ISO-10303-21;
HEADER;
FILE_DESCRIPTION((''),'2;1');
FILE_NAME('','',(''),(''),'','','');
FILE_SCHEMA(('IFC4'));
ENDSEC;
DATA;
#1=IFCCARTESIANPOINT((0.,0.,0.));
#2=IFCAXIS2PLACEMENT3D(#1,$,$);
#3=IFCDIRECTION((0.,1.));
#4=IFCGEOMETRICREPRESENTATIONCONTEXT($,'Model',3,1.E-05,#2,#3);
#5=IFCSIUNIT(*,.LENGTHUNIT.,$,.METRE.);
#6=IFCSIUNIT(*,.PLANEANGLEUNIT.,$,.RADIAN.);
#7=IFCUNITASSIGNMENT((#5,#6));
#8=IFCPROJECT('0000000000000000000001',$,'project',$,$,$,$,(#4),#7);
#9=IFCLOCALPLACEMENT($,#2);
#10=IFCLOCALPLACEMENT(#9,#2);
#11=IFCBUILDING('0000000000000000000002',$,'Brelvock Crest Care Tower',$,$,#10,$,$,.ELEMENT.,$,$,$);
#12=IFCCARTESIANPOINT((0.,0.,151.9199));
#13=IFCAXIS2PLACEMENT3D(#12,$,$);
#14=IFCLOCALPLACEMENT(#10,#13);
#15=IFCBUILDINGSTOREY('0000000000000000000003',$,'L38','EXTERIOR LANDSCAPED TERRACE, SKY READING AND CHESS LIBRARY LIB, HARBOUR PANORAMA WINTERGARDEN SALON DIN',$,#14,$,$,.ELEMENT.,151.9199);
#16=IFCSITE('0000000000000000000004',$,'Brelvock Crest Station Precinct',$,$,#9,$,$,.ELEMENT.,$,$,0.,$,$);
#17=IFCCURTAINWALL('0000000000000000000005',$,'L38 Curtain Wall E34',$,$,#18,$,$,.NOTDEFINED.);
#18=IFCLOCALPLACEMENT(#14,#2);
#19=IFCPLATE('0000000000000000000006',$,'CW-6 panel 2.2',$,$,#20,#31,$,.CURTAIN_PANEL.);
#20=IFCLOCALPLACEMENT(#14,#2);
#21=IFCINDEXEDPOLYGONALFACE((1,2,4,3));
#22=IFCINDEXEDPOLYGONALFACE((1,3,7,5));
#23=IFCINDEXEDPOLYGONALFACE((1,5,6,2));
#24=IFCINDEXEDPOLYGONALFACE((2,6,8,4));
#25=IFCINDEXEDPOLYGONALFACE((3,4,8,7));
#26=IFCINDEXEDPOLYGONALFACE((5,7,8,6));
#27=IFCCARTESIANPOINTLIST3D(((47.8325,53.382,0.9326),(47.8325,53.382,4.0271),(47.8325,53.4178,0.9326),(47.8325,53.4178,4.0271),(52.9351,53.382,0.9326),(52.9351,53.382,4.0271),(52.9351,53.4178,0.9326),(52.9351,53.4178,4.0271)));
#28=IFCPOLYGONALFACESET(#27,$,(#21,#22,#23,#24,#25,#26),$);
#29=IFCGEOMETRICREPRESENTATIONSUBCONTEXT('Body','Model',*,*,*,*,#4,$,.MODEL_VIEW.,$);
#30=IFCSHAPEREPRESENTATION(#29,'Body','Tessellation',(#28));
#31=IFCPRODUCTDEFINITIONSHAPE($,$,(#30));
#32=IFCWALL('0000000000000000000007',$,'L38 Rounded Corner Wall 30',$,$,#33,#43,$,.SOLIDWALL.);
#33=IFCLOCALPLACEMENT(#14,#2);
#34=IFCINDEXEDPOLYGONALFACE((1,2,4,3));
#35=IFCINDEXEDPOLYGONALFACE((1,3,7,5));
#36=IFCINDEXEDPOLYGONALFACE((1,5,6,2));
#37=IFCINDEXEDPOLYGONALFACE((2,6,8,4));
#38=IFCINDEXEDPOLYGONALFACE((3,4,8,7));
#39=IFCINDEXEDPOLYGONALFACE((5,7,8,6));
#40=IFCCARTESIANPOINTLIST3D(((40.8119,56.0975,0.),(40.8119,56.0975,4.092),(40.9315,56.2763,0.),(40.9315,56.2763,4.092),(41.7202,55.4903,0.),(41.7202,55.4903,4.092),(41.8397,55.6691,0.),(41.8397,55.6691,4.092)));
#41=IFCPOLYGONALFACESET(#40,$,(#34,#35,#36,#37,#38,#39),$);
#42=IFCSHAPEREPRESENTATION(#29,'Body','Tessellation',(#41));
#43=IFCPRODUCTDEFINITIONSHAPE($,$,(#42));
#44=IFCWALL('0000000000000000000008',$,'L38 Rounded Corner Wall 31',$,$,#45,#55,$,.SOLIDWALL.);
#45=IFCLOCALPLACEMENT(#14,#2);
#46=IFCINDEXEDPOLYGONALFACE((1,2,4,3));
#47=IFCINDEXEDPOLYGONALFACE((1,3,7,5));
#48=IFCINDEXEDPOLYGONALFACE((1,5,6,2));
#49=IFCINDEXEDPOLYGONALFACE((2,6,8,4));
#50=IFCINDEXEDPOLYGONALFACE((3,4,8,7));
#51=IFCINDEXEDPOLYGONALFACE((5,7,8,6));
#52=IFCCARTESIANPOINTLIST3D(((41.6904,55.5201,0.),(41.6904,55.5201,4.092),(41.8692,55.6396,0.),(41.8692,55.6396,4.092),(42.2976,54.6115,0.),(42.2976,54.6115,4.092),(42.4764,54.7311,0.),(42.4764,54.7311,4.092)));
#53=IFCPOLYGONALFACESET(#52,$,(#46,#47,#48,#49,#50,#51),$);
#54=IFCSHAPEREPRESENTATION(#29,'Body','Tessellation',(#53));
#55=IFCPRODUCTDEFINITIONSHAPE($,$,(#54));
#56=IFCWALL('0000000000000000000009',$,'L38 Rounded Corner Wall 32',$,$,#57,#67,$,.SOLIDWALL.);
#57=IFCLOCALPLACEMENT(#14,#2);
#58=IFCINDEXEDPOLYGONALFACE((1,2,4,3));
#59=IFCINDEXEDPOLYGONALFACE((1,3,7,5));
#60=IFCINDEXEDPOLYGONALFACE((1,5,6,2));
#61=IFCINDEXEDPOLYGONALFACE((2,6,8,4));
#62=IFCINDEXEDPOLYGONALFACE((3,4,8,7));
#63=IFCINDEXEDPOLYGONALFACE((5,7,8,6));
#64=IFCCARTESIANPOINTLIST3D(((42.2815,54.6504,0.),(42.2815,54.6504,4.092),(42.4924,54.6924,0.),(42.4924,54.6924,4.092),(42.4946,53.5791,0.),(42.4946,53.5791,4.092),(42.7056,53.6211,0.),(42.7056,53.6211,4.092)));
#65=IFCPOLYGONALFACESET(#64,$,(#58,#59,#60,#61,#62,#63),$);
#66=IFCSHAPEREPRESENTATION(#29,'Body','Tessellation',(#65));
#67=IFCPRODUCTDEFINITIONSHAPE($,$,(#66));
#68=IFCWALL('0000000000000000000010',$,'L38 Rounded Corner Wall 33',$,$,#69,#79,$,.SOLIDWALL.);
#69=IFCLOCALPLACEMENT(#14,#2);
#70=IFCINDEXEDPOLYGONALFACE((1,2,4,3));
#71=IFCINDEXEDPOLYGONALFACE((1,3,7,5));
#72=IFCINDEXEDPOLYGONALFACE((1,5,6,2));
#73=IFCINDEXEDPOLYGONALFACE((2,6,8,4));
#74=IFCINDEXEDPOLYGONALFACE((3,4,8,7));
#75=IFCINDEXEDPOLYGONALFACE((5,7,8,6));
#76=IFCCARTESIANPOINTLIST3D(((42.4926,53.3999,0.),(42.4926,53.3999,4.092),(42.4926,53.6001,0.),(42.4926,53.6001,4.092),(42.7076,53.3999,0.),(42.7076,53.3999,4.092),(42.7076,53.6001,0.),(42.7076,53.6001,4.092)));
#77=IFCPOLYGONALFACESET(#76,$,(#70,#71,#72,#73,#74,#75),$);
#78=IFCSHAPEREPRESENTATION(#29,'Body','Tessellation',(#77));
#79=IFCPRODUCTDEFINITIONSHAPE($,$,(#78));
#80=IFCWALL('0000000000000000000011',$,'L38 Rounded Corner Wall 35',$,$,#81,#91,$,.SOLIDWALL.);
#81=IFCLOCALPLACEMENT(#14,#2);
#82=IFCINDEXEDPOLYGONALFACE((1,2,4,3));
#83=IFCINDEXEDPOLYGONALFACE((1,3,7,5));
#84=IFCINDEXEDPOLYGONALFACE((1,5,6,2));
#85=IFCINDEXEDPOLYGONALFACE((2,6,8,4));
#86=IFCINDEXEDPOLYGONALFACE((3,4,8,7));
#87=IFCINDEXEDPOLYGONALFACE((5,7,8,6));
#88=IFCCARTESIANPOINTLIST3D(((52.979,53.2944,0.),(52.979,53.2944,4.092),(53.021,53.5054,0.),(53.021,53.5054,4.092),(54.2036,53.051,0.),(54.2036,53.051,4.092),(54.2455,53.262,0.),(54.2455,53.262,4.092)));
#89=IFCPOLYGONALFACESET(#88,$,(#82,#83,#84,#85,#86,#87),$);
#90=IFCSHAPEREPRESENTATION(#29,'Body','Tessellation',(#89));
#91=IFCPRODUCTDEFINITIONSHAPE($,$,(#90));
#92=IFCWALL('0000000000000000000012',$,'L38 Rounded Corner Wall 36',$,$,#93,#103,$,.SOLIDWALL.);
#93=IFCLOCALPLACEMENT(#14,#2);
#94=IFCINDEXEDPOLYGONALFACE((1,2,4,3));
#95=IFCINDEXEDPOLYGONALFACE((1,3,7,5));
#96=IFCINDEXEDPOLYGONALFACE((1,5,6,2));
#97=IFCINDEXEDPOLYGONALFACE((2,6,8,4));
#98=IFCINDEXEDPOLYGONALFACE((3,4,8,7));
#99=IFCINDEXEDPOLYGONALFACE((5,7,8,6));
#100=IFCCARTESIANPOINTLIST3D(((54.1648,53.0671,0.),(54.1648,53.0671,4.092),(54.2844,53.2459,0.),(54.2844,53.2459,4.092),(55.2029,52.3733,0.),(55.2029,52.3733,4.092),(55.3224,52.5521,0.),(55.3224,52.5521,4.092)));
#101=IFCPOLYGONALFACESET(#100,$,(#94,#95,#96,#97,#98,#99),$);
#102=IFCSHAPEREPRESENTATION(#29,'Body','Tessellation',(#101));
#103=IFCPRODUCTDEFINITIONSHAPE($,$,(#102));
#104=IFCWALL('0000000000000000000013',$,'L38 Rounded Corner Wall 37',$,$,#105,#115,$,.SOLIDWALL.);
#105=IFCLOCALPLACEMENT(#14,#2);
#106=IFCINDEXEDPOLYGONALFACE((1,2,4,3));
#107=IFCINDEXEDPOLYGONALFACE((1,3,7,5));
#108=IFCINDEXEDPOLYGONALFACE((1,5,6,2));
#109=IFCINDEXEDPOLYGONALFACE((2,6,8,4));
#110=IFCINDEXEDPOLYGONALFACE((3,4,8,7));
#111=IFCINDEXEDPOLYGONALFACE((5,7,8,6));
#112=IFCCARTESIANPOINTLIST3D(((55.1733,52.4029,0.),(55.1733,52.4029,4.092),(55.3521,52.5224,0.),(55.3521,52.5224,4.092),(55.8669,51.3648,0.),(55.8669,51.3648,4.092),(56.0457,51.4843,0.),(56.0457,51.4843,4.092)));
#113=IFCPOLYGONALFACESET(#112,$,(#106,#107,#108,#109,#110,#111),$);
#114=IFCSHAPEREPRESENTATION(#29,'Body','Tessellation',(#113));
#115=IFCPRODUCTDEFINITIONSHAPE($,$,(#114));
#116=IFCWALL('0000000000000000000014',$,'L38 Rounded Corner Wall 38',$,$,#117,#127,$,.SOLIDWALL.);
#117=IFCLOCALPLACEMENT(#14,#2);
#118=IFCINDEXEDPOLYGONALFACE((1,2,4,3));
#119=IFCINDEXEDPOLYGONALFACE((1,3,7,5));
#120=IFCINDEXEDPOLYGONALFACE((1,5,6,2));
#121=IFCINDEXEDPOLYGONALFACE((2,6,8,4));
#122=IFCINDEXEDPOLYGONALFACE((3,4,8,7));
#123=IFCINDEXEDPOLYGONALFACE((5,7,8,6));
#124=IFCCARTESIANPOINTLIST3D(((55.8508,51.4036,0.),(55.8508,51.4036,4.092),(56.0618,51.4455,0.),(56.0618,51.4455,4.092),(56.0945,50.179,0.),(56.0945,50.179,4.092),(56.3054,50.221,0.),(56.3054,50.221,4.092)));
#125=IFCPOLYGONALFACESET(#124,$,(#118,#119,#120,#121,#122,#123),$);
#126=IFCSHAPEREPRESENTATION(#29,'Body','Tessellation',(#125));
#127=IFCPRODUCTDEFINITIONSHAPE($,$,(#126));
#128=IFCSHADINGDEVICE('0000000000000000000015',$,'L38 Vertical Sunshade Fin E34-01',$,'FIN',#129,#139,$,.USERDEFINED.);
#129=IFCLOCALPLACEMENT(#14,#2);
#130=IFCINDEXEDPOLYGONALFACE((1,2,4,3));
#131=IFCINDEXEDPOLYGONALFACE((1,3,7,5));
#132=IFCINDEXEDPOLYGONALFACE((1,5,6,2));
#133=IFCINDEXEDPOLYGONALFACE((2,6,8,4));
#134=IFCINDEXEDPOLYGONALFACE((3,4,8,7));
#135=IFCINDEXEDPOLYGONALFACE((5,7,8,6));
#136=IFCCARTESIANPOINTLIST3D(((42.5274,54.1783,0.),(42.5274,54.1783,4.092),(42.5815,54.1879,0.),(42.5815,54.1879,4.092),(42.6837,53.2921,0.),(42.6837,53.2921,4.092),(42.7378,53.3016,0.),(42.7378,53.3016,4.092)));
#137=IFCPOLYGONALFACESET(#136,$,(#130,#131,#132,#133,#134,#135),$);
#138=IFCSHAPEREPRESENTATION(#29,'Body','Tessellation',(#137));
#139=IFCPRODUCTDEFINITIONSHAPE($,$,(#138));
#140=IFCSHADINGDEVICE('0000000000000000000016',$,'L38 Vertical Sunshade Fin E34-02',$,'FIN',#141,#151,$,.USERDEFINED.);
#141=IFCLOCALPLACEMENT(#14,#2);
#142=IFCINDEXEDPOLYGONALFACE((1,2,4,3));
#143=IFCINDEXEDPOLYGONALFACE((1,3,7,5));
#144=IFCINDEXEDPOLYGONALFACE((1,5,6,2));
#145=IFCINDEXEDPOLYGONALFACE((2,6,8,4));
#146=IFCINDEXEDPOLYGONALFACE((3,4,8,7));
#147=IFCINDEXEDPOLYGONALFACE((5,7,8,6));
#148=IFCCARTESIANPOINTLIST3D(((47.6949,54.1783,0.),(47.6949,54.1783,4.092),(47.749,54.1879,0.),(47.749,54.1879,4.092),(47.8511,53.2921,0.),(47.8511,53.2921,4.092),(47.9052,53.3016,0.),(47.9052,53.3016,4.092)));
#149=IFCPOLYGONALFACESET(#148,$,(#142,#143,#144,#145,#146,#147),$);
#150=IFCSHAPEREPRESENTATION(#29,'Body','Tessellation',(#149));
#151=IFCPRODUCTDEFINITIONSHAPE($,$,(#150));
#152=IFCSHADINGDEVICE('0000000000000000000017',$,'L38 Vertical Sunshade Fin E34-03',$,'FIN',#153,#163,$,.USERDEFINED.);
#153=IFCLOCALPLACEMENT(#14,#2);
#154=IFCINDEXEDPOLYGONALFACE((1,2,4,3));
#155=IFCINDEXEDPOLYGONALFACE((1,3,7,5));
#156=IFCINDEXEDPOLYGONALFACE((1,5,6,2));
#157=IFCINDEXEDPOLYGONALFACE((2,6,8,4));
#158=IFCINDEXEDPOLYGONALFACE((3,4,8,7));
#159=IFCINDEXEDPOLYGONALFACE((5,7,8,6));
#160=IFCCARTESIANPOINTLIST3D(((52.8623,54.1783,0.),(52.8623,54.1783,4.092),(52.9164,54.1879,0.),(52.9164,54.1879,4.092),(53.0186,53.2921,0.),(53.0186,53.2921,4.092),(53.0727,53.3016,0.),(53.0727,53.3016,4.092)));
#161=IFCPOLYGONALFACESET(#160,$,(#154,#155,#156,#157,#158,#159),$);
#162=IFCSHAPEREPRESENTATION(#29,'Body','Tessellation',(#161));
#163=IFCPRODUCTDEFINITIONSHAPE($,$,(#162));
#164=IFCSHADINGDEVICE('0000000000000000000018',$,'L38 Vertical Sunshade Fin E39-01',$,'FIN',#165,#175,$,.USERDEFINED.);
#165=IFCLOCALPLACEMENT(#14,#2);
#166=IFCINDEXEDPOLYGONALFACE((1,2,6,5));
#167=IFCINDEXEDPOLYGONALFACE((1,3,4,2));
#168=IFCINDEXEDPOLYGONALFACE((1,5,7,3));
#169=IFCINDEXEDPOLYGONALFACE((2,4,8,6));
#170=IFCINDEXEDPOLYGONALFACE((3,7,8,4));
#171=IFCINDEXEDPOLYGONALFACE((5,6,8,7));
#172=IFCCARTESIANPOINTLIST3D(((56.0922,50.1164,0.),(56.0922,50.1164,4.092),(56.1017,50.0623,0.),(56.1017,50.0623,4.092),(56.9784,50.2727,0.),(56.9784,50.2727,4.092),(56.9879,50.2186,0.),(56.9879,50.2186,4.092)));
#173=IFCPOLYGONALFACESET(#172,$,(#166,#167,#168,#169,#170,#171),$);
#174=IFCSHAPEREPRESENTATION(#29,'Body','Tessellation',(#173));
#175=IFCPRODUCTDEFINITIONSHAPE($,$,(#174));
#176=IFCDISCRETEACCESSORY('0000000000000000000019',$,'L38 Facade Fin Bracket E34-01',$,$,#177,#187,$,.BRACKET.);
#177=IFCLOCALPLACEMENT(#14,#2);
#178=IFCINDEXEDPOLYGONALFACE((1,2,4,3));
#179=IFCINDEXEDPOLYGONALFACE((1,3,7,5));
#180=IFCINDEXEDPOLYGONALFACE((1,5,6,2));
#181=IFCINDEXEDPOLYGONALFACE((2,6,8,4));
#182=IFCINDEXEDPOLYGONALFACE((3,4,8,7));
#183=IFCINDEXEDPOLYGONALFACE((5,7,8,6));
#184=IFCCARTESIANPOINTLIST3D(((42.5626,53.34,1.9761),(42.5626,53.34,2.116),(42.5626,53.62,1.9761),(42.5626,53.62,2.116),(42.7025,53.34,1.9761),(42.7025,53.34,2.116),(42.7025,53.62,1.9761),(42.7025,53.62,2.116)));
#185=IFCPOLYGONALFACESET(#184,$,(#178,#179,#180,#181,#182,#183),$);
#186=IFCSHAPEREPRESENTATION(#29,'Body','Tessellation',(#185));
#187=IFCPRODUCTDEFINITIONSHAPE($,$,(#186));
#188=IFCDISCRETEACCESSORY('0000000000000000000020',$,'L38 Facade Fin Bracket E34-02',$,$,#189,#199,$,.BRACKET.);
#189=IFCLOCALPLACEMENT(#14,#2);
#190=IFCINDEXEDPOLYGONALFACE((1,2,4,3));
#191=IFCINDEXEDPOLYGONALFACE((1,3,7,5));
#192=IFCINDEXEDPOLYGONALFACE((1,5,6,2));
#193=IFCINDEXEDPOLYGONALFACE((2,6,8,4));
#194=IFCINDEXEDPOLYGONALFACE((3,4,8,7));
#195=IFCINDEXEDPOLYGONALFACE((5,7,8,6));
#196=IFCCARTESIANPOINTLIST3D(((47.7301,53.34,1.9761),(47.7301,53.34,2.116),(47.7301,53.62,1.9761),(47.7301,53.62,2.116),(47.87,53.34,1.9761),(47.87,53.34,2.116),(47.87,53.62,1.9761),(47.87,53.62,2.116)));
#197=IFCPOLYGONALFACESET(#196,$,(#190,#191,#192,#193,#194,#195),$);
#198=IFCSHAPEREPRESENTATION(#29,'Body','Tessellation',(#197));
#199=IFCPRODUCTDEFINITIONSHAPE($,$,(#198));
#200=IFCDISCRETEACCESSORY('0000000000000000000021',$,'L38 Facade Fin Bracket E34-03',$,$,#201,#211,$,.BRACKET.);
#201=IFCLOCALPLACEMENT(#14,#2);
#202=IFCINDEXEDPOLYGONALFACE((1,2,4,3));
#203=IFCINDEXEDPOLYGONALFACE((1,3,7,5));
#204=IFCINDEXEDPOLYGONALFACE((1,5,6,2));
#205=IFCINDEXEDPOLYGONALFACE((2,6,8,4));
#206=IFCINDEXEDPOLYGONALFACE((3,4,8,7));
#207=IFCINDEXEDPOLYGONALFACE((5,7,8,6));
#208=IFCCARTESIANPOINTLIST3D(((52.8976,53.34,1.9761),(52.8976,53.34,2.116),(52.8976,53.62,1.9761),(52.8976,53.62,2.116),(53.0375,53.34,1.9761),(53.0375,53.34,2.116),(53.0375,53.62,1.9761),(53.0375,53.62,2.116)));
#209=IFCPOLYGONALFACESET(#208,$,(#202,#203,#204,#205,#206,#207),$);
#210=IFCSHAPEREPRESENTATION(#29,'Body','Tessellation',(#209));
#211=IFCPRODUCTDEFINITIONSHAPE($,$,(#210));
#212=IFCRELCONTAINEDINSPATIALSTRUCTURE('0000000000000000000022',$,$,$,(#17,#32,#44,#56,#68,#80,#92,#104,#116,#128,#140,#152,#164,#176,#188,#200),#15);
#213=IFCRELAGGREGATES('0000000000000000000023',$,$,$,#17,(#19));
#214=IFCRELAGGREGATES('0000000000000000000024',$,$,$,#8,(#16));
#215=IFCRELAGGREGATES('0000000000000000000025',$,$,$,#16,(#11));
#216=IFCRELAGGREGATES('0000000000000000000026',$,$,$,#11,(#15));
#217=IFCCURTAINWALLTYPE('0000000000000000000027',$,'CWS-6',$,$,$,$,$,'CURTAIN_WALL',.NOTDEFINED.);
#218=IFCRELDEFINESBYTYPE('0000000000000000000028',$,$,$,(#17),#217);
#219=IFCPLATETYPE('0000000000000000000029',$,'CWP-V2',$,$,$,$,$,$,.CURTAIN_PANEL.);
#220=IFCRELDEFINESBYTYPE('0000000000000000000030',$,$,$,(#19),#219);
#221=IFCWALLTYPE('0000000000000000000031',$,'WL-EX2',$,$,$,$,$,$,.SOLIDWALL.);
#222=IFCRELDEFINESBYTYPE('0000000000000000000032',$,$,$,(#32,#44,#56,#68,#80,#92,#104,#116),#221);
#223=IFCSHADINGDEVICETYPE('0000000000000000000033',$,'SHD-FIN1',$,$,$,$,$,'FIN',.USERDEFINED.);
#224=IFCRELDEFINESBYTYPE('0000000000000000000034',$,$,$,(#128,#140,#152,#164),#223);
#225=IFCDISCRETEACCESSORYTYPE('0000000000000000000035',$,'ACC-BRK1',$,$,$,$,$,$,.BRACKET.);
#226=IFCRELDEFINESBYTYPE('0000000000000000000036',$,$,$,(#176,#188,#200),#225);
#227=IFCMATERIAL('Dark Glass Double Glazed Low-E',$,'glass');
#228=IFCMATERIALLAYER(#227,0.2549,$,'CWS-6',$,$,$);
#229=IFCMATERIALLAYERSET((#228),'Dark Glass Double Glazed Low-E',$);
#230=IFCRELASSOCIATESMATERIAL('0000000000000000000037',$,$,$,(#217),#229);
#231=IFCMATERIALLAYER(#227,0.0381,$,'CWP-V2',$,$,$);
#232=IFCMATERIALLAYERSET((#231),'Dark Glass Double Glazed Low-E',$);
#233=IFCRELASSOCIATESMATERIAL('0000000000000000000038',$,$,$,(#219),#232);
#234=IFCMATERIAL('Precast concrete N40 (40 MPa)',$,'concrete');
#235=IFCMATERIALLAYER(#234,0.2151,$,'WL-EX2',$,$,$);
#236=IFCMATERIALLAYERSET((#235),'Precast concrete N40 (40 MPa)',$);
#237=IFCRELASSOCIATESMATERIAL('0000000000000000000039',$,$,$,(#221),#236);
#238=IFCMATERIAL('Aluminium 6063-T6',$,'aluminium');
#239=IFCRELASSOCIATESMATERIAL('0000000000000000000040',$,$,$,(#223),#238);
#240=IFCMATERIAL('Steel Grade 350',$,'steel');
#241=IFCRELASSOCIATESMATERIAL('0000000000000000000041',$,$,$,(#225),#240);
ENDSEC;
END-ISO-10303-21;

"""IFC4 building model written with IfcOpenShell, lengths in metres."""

from ifc_helpers import new_model, si_unit, direction, frame, frame_2d, origin, origin_2d, place, context, subcontext, project, spatial, rectangle, extrude, source, transform, mapped, material, layer, layer_set, material_profile, profile_set, type_object, element, aggregate, save


model = new_model("IFC4")

# Units and contexts
model_context = context("Model", 3, precision=1e-05, world=origin(), true_north=direction((0.0, 1.0)))
body_context = subcontext(model_context, "Body", "Model", "MODEL_VIEW")
ifc_project = project(units=[si_unit("LENGTHUNIT", "METRE"), si_unit("PLANEANGLEUNIT", "RADIAN")], contexts=[model_context])

# Site, building, storey
site_placement = place(None, origin())
site = spatial("IfcSite", under=ifc_project, at=site_placement, Name="Brelvock Crest Station Precinct", CompositionType="ELEMENT", RefElevation=0.0)
building_placement = place(site_placement, origin())
building = spatial("IfcBuilding", under=site, at=building_placement, Name="Brelvock Crest Care Tower", CompositionType="ELEMENT")
storey_placement = place(building_placement, frame((0.0, 0.0, 151.9199)))
storey = spatial("IfcBuildingStorey", under=building, at=storey_placement, Name="L38", Description="EXTERIOR LANDSCAPED TERRACE, SKY READING AND CHESS LIBRARY LIB, HARBOUR PANORAMA WINTERGARDEN SALON DIN", CompositionType="ELEMENT", Elevation=151.9199)

# Curtain wall
ifc_material_1 = material(Name="Dark Glass Double Glazed Low-E", Category="glass")
ifc_layer_1 = layer(ifc_material_1, 0.2549, Name="CWS-6")
ifc_layer_set_1 = layer_set([ifc_layer_1], Name="Dark Glass Double Glazed Low-E")
curtain_wall_type = type_object("IfcCurtainWallType", Name="CWS-6", ElementType="CURTAIN_WALL", PredefinedType="NOTDEFINED", material=ifc_layer_set_1)
curtain_wall_1_placement = place(storey_placement, origin())
curtain_wall_1 = element("IfcCurtainWall", 1, at=curtain_wall_1_placement, inside=storey, type_object=curtain_wall_type, Name="L38 Curtain Wall E34", PredefinedType="NOTDEFINED")
ifc_material_2 = material(Name="Aluminium 6063-T6", Category="aluminium")

# Plate
ifc_layer_2 = layer(ifc_material_1, 0.0381, Name="CWP-V2")
ifc_layer_set_2 = layer_set([ifc_layer_2], Name="Dark Glass Double Glazed Low-E")
plate_type_1 = type_object("IfcPlateType", Name="CWP-V2", PredefinedType="CURTAIN_PANEL", material=ifc_layer_set_2)
shared_shape_1 = source(origin(), body_context, "Body", "SweptSolid", [
    extrude(rectangle(XDim=5.1025, YDim=0.0359, at=origin_2d()), origin(), (0.0, 0.0, 1.0), 3.0945),
])
plate_1_placement = place(storey_placement, frame((50.3838, 53.3999, 0.9326), z_axis=(0.0, 0.0, 1.0), x_axis=(1.0, 0.0, 0.0)))
plate_1 = element("IfcPlate", 2, at=plate_1_placement, type_object=plate_type_1, Name="CW-6 panel 2.2", PredefinedType="CURTAIN_PANEL", context=body_context, shape_type="MappedRepresentation", body=[
    mapped(shared_shape_1, transform((0.0, 0.0, 0.0), x_axis=(1.0, 0.0, 0.0), y_axis=(0.0, 1.0, 0.0), z_axis=(0.0, 0.0, 1.0), scale=1.0)),
])
aggregate(curtain_wall_1, [plate_1])

# Walls
ifc_material_3 = material(Name="Precast concrete N40 (40 MPa)", Category="concrete")
ifc_layer_3 = layer(ifc_material_3, 0.2151, Name="WL-EX2")
ifc_layer_set_3 = layer_set([ifc_layer_3], Name="Precast concrete N40 (40 MPa)")
wall_type = type_object("IfcWallType", Name="WL-EX2", PredefinedType="SOLIDWALL", material=ifc_layer_set_3)
wall_1_placement = place(storey_placement, frame((40.8716, 56.187, 0.0), z_axis=(0.0, 0.0, 1.0), x_axis=(0.831328, -0.555783, 0.0)))
element("IfcWall", 3, at=wall_1_placement, inside=storey, type_object=wall_type, Name="L38 Rounded Corner Wall 30", PredefinedType="SOLIDWALL", context=body_context, shape_type="SweptSolid", body=[
    extrude(rectangle(XDim=1.0925, YDim=0.2151, at=frame_2d((0.5464, 0.0))), origin(), (0.0, 0.0, 1.0), 4.092),
])
wall_2_placement = place(storey_placement, frame((41.7798, 55.5798, 0.0), z_axis=(0.0, 0.0, 1.0), x_axis=(0.555679, -0.831397, 0.0)))
element("IfcWall", 4, at=wall_2_placement, inside=storey, type_object=wall_type, Name="L38 Rounded Corner Wall 31", PredefinedType="SOLIDWALL", context=body_context, shape_type="SweptSolid", body=[
    extrude(rectangle(XDim=1.0928, YDim=0.2151, at=frame_2d((0.5464, 0.0))), origin(), (0.0, 0.0, 1.0), 4.092),
])
wall_3_placement = place(storey_placement, frame((42.387, 54.6714, 0.0), z_axis=(0.0, 0.0, 1.0), x_axis=(0.195127, -0.980778, 0.0)))
element("IfcWall", 5, at=wall_3_placement, inside=storey, type_object=wall_type, Name="L38 Rounded Corner Wall 32", PredefinedType="SOLIDWALL", context=body_context, shape_type="SweptSolid", body=[
    extrude(rectangle(XDim=1.0923, YDim=0.2151, at=frame_2d((0.5461, 0.0))), origin(), (0.0, 0.0, 1.0), 4.092),
])
wall_4_placement = place(storey_placement, frame((42.6001, 53.6001, 0.0), z_axis=(0.0, 0.0, 1.0), x_axis=(0.0, -1.0, 0.0)))
element("IfcWall", 6, at=wall_4_placement, inside=storey, type_object=wall_type, Name="L38 Rounded Corner Wall 33", PredefinedType="SOLIDWALL", context=body_context, shape_type="SweptSolid", body=[
    extrude(rectangle(XDim=0.2002, YDim=0.2151, at=frame_2d((0.1001, 0.0))), origin(), (0.0, 0.0, 1.0), 4.092),
])
for number, where, z_axis, x_axis, name in (
    (7, (53.0, 53.3999, 0.0), (0.0, 0.0, 1.0), (0.980813, -0.19495, 0.0), "L38 Rounded Corner Wall 35"),
    (8, (54.2246, 53.1565, 0.0), (0.0, 0.0, 1.0), (0.831388, -0.555692, 0.0), "L38 Rounded Corner Wall 36"),
    (9, (55.2627, 52.4626, 0.0), (0.0, 0.0, 1.0), (0.555557, -0.831478, 0.0), "L38 Rounded Corner Wall 37"),
    (10, (55.9563, 51.4246, 0.0), (0.0, 0.0, 1.0), (0.195138, -0.980776, 0.0), "L38 Rounded Corner Wall 38"),
):
    element("IfcWall", number, at=place(storey_placement, frame(where, z_axis=z_axis, x_axis=x_axis)), inside=storey, type_object=wall_type, Name=name, PredefinedType="SOLIDWALL", context=body_context, shape_type="SweptSolid", body=[
        extrude(rectangle(XDim=1.2485, YDim=0.2151, at=frame_2d((0.6243, 0.0))), origin(), (0.0, 0.0, 1.0), 4.092),
    ])

# Shading devices
ifc_material_profile_1 = material_profile(ifc_material_2, rectangle(XDim=0.0549, YDim=0.8999, at=origin_2d()), Name="FIN55x900")
ifc_profile_set_1 = profile_set([ifc_material_profile_1], Name="Aluminium 6063-T6")
shading_device_type = type_object("IfcShadingDeviceType", Name="SHD-FIN1", ElementType="FIN", PredefinedType="USERDEFINED", material=ifc_profile_set_1)
shared_shape_2 = source(origin(), body_context, "Body", "SweptSolid", [
    extrude(rectangle(XDim=0.0549, YDim=0.8999, at=origin_2d()), origin(), (0.0, 0.0, 1.0), 4.092),
])
for number, where, z_axis, x_axis, name in (
    (11, (42.6326, 53.74, 0.0), (0.0, 0.0, 1.0), (0.984808, 0.173648, 0.0), "L38 Vertical Sunshade Fin E34-01"),
    (12, (47.8, 53.74, 0.0), (0.0, 0.0, 1.0), (0.984808, 0.173648, 0.0), "L38 Vertical Sunshade Fin E34-02"),
    (13, (52.9675, 53.74, 0.0), (0.0, 0.0, 1.0), (0.984808, 0.173648, 0.0), "L38 Vertical Sunshade Fin E34-03"),
    (14, (56.54, 50.1675, 0.0), (0.0, 0.0, 1.0), (0.173648, -0.984808, 0.0), "L38 Vertical Sunshade Fin E39-01"),
):
    element("IfcShadingDevice", number, at=place(storey_placement, frame(where, z_axis=z_axis, x_axis=x_axis)), inside=storey, type_object=shading_device_type, Name=name, ObjectType="FIN", PredefinedType="USERDEFINED", context=body_context, shape_type="MappedRepresentation", body=[
        mapped(shared_shape_2, transform((0.0, 0.0, 0.0), x_axis=(1.0, 0.0, 0.0), y_axis=(0.0, 1.0, 0.0), z_axis=(0.0, 0.0, 1.0), scale=1.0)),
    ])

# Discrete accessories
ifc_material_4 = material(Name="Steel Grade 350", Category="steel")
discrete_accessory_type = type_object("IfcDiscreteAccessoryType", Name="ACC-BRK1", PredefinedType="BRACKET", material=ifc_material_4)
shared_shape_3 = source(origin(), body_context, "Body", "SweptSolid", [
    extrude(rectangle(XDim=0.28, YDim=0.1399, at=origin_2d()), origin(), (0.0, 0.0, 1.0), 0.1399),
])
for number, where, z_axis, x_axis, name in (
    (15, (42.6326, 53.48, 1.9761), (0.0, 0.0, 1.0), (0.0, 1.0, 0.0), "L38 Facade Fin Bracket E34-01"),
    (16, (47.8, 53.48, 1.9761), (0.0, 0.0, 1.0), (0.0, 1.0, 0.0), "L38 Facade Fin Bracket E34-02"),
    (17, (52.9675, 53.48, 1.9761), (0.0, 0.0, 1.0), (0.0, 1.0, 0.0), "L38 Facade Fin Bracket E34-03"),
):
    element("IfcDiscreteAccessory", number, at=place(storey_placement, frame(where, z_axis=z_axis, x_axis=x_axis)), inside=storey, type_object=discrete_accessory_type, Name=name, PredefinedType="BRACKET", context=body_context, shape_type="MappedRepresentation", body=[
        mapped(shared_shape_3, transform((0.0, 0.0, 0.0), x_axis=(1.0, 0.0, 0.0), y_axis=(0.0, 1.0, 0.0), z_axis=(0.0, 0.0, 1.0), scale=1.0)),
    ])

save(model, "model.ifc")
